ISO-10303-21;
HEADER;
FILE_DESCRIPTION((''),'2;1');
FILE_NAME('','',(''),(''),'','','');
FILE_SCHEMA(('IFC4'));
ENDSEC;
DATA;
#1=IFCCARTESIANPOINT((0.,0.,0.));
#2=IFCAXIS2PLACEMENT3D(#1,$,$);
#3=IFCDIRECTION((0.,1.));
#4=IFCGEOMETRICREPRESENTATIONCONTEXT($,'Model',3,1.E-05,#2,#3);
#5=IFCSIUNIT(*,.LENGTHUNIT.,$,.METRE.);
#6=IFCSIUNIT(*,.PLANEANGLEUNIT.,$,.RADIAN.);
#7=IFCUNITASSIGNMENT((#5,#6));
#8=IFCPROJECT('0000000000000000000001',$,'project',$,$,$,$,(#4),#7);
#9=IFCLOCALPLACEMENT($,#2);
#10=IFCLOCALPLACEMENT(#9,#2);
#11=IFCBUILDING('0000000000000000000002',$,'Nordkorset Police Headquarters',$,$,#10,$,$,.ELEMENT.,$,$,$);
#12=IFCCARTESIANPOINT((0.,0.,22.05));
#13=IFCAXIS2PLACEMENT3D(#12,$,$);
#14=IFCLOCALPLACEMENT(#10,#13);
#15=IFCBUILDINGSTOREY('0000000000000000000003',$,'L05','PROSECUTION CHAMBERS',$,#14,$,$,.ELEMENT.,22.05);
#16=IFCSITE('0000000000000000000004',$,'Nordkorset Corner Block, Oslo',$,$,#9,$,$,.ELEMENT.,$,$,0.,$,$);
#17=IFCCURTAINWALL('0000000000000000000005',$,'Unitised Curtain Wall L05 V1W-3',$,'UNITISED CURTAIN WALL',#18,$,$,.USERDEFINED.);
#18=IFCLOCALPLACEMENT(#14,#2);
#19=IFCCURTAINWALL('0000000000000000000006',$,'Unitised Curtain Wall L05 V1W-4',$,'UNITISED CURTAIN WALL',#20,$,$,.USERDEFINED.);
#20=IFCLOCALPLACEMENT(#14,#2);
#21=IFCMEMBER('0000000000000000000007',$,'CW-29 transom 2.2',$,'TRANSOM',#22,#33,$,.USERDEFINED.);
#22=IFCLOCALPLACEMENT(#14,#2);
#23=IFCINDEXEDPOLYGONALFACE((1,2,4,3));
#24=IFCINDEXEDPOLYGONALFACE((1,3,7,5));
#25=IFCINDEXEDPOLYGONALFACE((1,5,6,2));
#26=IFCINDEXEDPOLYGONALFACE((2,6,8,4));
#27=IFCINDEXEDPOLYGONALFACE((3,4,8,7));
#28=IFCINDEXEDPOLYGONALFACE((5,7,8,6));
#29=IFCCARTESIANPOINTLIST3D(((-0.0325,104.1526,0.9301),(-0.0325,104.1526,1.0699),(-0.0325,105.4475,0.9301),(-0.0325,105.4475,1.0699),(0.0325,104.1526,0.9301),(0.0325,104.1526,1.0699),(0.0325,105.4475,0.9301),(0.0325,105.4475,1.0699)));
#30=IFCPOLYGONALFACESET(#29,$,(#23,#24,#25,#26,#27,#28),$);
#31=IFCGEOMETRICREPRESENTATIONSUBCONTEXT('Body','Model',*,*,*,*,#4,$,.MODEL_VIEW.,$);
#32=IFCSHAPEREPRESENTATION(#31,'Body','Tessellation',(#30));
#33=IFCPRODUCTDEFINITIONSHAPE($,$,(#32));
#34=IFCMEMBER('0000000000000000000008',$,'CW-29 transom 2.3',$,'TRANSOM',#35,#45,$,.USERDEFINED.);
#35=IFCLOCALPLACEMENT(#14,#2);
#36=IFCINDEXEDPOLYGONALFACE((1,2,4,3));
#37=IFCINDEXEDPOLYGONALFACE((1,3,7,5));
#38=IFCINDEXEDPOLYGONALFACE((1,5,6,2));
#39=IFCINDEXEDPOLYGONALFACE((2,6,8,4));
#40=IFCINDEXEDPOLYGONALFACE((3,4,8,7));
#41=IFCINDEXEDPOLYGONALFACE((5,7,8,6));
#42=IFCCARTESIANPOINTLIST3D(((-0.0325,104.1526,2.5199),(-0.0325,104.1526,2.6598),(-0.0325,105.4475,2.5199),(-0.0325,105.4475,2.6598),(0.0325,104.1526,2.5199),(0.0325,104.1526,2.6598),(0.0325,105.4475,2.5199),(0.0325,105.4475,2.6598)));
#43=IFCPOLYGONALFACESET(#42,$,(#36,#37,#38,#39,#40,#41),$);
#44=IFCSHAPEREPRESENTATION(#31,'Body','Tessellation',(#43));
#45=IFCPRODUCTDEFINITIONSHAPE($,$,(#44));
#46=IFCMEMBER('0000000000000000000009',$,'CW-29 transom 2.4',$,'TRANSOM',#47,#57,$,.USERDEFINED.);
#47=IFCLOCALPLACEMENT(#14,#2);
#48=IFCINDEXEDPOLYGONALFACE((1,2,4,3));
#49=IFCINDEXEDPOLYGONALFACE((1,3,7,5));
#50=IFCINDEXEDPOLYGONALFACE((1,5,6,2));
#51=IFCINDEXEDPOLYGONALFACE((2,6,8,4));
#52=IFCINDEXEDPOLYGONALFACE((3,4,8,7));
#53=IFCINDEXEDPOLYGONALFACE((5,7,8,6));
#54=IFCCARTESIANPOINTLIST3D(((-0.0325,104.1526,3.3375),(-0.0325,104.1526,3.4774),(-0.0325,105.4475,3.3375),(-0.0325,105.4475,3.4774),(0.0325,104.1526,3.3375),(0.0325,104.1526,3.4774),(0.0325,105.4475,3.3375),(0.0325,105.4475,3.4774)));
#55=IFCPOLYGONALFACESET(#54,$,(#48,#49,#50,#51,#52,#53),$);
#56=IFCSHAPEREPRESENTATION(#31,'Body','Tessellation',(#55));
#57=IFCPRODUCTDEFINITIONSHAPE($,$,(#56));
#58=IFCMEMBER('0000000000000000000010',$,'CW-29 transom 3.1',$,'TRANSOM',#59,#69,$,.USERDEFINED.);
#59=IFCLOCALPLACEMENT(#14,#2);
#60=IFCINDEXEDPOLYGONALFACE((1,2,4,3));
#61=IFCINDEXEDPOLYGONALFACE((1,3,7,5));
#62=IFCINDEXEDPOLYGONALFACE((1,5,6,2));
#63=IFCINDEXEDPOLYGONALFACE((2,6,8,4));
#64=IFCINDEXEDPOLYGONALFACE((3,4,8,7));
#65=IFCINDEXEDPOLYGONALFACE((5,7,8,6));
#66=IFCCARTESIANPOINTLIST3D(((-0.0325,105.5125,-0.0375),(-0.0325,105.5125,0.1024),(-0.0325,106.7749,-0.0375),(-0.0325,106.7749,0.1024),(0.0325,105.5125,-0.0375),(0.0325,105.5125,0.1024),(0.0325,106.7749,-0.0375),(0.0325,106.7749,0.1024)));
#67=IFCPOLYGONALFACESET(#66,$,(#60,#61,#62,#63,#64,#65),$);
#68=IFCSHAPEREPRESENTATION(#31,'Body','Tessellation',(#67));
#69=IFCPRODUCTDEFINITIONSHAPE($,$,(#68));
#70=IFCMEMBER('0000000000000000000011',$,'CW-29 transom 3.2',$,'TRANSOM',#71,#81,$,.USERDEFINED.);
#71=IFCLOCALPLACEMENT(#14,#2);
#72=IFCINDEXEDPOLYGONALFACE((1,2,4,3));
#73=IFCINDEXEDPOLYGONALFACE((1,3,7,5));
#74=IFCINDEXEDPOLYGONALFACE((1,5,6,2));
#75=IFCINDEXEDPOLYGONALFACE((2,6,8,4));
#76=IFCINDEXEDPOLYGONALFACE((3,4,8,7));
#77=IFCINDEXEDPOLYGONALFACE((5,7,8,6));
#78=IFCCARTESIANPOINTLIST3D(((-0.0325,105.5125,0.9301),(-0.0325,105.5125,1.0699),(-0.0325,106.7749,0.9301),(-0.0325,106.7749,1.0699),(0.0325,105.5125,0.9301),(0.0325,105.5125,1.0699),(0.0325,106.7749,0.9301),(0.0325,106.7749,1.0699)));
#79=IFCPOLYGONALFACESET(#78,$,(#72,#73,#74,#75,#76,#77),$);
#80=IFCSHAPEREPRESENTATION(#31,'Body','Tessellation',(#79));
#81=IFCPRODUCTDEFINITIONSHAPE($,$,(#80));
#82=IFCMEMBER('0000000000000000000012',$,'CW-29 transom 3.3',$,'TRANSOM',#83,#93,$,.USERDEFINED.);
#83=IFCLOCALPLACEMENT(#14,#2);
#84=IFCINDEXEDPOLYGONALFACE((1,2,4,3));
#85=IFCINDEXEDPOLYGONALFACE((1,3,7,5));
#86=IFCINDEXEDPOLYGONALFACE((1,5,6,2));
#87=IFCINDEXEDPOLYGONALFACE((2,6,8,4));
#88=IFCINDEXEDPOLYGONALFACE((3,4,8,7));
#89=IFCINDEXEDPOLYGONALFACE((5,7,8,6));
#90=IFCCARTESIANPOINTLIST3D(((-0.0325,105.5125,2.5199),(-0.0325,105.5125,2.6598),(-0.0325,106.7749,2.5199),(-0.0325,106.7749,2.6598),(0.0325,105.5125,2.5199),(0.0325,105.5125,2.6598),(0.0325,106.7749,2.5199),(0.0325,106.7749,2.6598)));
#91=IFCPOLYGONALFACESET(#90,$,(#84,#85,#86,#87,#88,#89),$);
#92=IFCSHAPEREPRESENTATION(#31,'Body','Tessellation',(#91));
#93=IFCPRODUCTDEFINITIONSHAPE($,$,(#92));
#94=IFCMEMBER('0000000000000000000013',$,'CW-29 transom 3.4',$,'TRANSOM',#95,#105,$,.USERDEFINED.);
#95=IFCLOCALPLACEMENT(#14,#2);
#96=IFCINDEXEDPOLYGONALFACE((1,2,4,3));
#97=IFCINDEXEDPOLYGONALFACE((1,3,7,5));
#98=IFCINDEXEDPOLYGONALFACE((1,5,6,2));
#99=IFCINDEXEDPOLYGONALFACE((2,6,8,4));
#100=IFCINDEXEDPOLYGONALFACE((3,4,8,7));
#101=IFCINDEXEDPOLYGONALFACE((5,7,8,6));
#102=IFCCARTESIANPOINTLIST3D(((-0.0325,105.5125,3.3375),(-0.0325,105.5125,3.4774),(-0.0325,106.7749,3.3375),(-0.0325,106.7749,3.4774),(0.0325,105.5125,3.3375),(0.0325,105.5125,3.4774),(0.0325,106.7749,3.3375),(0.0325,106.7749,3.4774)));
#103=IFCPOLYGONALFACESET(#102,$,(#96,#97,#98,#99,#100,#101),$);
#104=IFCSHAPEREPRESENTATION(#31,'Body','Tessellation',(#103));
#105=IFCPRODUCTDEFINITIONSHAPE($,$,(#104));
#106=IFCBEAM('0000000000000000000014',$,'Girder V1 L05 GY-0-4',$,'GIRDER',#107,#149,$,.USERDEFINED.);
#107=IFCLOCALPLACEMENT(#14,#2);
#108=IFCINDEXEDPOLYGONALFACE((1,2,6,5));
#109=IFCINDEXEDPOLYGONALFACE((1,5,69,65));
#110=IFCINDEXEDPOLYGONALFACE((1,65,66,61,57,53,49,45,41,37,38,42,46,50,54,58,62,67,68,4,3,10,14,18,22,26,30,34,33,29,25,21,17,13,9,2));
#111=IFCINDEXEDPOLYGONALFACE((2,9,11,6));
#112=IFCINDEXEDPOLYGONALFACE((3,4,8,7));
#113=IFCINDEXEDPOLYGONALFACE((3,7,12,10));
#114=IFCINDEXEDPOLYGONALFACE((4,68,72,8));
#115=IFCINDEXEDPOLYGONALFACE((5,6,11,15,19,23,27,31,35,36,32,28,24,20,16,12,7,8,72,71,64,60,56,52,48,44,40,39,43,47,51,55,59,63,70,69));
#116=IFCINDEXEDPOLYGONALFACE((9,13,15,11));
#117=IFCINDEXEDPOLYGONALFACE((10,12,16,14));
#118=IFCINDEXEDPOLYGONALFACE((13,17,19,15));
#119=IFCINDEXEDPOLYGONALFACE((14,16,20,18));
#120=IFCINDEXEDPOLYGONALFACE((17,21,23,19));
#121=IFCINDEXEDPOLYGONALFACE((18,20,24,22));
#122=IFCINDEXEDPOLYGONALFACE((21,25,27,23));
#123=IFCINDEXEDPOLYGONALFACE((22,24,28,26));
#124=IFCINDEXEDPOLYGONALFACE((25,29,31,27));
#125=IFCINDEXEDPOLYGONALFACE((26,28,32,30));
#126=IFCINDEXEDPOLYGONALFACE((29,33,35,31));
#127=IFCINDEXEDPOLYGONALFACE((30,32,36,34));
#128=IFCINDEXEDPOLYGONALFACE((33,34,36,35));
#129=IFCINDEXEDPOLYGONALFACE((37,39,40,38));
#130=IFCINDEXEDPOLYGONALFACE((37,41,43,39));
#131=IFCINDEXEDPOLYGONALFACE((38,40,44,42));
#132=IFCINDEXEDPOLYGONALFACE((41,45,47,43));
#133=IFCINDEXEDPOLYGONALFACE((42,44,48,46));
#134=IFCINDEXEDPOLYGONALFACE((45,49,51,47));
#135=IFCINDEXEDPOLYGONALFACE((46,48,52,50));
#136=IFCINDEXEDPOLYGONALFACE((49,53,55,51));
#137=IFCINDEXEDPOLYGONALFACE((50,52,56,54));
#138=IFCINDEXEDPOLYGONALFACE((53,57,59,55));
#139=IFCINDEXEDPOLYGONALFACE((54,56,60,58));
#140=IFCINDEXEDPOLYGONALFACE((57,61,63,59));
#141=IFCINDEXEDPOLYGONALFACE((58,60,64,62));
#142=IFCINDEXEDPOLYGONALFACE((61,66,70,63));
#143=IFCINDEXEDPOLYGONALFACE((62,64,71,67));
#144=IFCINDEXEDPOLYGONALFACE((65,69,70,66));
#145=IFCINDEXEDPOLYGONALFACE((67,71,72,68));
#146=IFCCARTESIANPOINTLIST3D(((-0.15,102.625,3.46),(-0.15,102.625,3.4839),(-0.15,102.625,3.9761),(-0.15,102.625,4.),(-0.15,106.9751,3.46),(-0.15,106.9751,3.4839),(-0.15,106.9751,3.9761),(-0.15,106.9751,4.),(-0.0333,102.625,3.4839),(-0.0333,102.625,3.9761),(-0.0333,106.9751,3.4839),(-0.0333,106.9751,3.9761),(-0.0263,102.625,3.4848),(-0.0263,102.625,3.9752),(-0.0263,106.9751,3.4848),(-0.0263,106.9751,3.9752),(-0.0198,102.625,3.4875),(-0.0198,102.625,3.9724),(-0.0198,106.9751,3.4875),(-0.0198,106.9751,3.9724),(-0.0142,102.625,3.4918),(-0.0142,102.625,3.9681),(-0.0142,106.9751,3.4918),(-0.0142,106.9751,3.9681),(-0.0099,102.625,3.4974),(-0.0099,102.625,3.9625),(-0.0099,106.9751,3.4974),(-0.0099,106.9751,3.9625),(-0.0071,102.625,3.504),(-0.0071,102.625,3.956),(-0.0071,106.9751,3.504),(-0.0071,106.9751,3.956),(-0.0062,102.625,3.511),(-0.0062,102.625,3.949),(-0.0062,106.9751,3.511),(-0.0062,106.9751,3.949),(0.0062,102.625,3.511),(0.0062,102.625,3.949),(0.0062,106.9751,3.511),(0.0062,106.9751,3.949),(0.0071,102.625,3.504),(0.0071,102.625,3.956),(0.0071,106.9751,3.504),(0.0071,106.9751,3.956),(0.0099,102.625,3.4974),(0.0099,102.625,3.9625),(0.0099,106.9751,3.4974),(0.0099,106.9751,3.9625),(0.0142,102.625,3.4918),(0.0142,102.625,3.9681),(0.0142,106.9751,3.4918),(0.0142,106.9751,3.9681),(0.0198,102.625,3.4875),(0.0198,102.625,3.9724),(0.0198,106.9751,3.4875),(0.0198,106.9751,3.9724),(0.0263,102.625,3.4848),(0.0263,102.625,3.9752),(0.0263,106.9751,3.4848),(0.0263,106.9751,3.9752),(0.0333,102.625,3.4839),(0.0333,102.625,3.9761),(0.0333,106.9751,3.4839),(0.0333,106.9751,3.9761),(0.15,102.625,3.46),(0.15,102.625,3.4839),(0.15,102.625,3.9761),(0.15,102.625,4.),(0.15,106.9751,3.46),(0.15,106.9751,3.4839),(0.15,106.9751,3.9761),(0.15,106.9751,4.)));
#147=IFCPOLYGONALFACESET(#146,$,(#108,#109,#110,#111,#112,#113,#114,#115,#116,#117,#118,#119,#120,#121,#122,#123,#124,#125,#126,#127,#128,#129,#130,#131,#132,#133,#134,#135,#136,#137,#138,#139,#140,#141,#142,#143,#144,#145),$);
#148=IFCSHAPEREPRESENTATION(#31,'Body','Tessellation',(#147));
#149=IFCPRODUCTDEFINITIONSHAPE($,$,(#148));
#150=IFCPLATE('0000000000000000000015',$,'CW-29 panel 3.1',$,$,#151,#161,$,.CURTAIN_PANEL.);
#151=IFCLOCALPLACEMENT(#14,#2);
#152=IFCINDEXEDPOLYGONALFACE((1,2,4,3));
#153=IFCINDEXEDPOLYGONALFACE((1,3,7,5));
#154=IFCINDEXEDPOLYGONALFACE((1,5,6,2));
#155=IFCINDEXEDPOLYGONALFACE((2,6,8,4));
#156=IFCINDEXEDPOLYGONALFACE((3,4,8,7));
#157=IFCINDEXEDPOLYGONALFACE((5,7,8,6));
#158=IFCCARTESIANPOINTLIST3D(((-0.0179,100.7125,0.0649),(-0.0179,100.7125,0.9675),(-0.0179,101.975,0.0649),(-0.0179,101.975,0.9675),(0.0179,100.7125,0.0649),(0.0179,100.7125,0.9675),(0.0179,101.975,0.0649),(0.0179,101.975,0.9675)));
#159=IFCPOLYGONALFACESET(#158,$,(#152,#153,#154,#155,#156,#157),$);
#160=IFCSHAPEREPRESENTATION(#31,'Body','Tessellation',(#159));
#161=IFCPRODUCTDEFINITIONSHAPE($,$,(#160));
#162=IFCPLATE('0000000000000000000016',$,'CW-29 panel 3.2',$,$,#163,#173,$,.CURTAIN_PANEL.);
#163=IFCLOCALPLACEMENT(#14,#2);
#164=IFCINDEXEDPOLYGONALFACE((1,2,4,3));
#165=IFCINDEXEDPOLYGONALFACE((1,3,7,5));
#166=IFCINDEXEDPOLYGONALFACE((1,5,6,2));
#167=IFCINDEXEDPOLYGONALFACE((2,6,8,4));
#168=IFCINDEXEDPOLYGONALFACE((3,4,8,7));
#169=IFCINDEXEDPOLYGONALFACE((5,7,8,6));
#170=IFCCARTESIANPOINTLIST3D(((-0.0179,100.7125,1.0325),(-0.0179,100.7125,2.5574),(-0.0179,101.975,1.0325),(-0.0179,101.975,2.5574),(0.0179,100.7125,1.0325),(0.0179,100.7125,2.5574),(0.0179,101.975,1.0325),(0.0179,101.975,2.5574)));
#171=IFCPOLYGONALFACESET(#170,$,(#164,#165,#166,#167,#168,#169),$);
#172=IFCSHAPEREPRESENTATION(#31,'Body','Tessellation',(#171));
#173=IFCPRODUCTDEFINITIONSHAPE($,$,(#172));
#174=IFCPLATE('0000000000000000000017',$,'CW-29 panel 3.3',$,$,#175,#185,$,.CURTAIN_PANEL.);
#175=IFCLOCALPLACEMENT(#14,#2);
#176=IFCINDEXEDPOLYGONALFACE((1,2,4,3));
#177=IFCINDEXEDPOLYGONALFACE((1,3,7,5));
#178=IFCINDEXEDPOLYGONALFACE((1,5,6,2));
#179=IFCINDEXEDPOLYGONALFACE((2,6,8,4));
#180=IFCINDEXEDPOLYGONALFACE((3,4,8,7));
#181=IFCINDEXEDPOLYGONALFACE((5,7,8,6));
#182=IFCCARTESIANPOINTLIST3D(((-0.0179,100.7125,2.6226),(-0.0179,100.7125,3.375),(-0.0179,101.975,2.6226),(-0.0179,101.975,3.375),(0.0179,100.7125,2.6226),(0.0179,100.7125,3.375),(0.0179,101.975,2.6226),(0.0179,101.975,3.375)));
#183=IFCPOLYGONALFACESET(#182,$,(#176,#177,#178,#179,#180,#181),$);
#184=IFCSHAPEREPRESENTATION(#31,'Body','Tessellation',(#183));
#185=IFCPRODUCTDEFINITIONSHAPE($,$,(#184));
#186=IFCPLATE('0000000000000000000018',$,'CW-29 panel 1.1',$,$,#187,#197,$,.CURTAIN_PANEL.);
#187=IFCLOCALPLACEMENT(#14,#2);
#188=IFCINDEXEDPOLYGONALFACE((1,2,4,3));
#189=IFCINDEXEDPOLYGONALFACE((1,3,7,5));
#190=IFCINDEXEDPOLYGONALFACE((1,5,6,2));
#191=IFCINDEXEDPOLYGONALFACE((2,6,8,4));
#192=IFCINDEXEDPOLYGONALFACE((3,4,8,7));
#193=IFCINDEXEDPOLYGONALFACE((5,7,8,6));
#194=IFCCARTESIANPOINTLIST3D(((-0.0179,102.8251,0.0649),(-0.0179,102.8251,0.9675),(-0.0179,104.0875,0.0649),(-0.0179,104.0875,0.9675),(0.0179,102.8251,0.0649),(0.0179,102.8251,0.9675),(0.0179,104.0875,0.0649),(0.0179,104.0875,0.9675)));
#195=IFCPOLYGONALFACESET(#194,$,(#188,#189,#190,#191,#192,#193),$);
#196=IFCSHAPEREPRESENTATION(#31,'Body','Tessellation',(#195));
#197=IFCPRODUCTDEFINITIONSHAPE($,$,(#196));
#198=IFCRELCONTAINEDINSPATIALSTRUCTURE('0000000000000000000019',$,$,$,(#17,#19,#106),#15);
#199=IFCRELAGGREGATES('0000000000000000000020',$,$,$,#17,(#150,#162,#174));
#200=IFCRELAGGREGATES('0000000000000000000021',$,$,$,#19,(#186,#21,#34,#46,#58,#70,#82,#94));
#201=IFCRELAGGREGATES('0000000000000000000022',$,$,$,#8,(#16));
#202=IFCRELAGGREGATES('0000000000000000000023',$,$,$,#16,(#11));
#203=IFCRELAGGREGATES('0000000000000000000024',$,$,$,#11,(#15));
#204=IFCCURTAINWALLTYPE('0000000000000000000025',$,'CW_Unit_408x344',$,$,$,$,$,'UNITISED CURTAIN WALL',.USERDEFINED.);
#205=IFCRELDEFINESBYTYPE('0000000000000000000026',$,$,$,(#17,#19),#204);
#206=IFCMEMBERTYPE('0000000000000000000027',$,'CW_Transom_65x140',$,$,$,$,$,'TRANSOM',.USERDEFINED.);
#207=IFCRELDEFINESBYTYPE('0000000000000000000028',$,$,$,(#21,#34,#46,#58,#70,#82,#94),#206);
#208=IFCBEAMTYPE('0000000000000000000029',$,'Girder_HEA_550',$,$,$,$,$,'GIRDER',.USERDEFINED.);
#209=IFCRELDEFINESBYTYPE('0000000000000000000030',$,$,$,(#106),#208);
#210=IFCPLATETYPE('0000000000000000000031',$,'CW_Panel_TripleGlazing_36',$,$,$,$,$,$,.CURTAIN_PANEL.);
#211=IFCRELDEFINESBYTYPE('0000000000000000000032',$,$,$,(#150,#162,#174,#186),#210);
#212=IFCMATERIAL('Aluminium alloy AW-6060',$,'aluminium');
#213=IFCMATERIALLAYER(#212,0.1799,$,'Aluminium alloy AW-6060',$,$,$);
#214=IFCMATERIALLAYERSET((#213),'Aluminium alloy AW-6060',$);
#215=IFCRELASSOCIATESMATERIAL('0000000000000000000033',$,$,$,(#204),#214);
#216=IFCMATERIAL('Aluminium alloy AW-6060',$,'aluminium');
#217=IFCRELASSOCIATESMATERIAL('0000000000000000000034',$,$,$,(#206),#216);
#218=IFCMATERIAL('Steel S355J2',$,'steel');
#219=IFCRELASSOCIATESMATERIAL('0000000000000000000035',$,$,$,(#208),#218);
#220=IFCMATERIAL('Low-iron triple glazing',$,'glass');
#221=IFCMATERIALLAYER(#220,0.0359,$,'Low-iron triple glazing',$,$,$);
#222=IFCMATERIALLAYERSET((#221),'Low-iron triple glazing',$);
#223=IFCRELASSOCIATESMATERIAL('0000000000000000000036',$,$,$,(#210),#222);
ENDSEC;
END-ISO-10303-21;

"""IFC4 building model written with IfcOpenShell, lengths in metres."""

from ifc_helpers import new_model, si_unit, direction, frame, origin, origin_2d, place, context, subcontext, project, spatial, rectangle, i_section, extrude, material, layer, layer_set, material_profile, profile_set, type_object, element, aggregate, save


model = new_model("IFC4")

# Units and contexts
model_context = context("Model", 3, precision=1e-05, world=origin(), true_north=direction((0.0, 1.0)))
body_context = subcontext(model_context, "Body", "Model", "MODEL_VIEW")
ifc_project = project(units=[si_unit("LENGTHUNIT", "METRE"), si_unit("PLANEANGLEUNIT", "RADIAN")], contexts=[model_context])

# Site, building, storey
site_placement = place(None, origin())
site = spatial("IfcSite", under=ifc_project, at=site_placement, Name="Nordkorset Corner Block, Oslo", CompositionType="ELEMENT", RefElevation=0.0)
building_placement = place(site_placement, origin())
building = spatial("IfcBuilding", under=site, at=building_placement, Name="Nordkorset Police Headquarters", CompositionType="ELEMENT")
storey_placement = place(building_placement, frame((0.0, 0.0, 22.05)))
storey = spatial("IfcBuildingStorey", under=building, at=storey_placement, Name="L05", Description="PROSECUTION CHAMBERS", CompositionType="ELEMENT", Elevation=22.05)

# Curtain wall
ifc_material_1 = material(Name="Aluminium alloy AW-6060", Category="aluminium")
ifc_layer_1 = layer(ifc_material_1, 0.1799, Name="Aluminium alloy AW-6060")
ifc_layer_set_1 = layer_set([ifc_layer_1], Name="Aluminium alloy AW-6060")
curtain_wall_type = type_object("IfcCurtainWallType", Name="CW_Unit_408x344", ElementType="UNITISED CURTAIN WALL", PredefinedType="USERDEFINED", material=ifc_layer_set_1)
curtain_wall_1_placement = place(storey_placement, origin())
curtain_wall_1 = element("IfcCurtainWall", 1, at=curtain_wall_1_placement, inside=storey, type_object=curtain_wall_type, Name="Unitised Curtain Wall L05 V1W-3", ObjectType="UNITISED CURTAIN WALL", PredefinedType="USERDEFINED")

# Curtain wall
curtain_wall_2_placement = place(storey_placement, origin())
curtain_wall_2 = element("IfcCurtainWall", 2, at=curtain_wall_2_placement, inside=storey, type_object=curtain_wall_type, Name="Unitised Curtain Wall L05 V1W-4", ObjectType="UNITISED CURTAIN WALL", PredefinedType="USERDEFINED")

# Members
ifc_material_2 = material(Name="Aluminium alloy AW-6060", Category="aluminium")
ifc_material_profile_1 = material_profile(ifc_material_2, rectangle(XDim=0.0649, YDim=0.1399, at=origin_2d()), Name="ALU TRAN 65x140")
ifc_profile_set_1 = profile_set([ifc_material_profile_1], Name="Aluminium alloy AW-6060")
member_type_1 = type_object("IfcMemberType", Name="CW_Transom_65x140", ElementType="TRANSOM", PredefinedType="USERDEFINED", material=ifc_profile_set_1)
member_1_placement = place(storey_placement, frame((0.0, 104.1526, 1.0), z_axis=(0.0, 1.0, 0.0), x_axis=(-1.0, 0.0, 0.0)))
member_1 = element("IfcMember", 3, at=member_1_placement, type_object=member_type_1, Name="CW-29 transom 2.2", ObjectType="TRANSOM", PredefinedType="USERDEFINED", context=body_context, shape_type="SweptSolid", body=[
    extrude(rectangle(XDim=0.0649, YDim=0.1399, at=origin_2d()), origin(), (0.0, 0.0, 1.0), 1.2949),
])
member_2_placement = place(storey_placement, frame((0.0, 104.1526, 2.5898), z_axis=(0.0, 1.0, 0.0), x_axis=(-1.0, 0.0, 0.0)))
member_2 = element("IfcMember", 4, at=member_2_placement, type_object=member_type_1, Name="CW-29 transom 2.3", ObjectType="TRANSOM", PredefinedType="USERDEFINED", context=body_context, shape_type="SweptSolid", body=[
    extrude(rectangle(XDim=0.0649, YDim=0.1399, at=origin_2d()), origin(), (0.0, 0.0, 1.0), 1.2949),
])
member_3_placement = place(storey_placement, frame((0.0, 104.1526, 3.4075), z_axis=(0.0, 1.0, 0.0), x_axis=(-1.0, 0.0, 0.0)))
member_3 = element("IfcMember", 5, at=member_3_placement, type_object=member_type_1, Name="CW-29 transom 2.4", ObjectType="TRANSOM", PredefinedType="USERDEFINED", context=body_context, shape_type="SweptSolid", body=[
    extrude(rectangle(XDim=0.0649, YDim=0.1399, at=origin_2d()), origin(), (0.0, 0.0, 1.0), 1.2949),
])
member_4_placement = place(storey_placement, frame((0.0, 105.5125, 0.0325), z_axis=(0.0, 1.0, 0.0), x_axis=(-1.0, 0.0, 0.0)))
member_4 = element("IfcMember", 6, at=member_4_placement, type_object=member_type_1, Name="CW-29 transom 3.1", ObjectType="TRANSOM", PredefinedType="USERDEFINED", context=body_context, shape_type="SweptSolid", body=[
    extrude(rectangle(XDim=0.0649, YDim=0.1399, at=origin_2d()), origin(), (0.0, 0.0, 1.0), 1.2625),
])
member_5_placement = place(storey_placement, frame((0.0, 105.5125, 1.0), z_axis=(0.0, 1.0, 0.0), x_axis=(-1.0, 0.0, 0.0)))
member_5 = element("IfcMember", 7, at=member_5_placement, type_object=member_type_1, Name="CW-29 transom 3.2", ObjectType="TRANSOM", PredefinedType="USERDEFINED", context=body_context, shape_type="SweptSolid", body=[
    extrude(rectangle(XDim=0.0649, YDim=0.1399, at=origin_2d()), origin(), (0.0, 0.0, 1.0), 1.2625),
])
member_6_placement = place(storey_placement, frame((0.0, 105.5125, 2.5898), z_axis=(0.0, 1.0, 0.0), x_axis=(-1.0, 0.0, 0.0)))
member_6 = element("IfcMember", 8, at=member_6_placement, type_object=member_type_1, Name="CW-29 transom 3.3", ObjectType="TRANSOM", PredefinedType="USERDEFINED", context=body_context, shape_type="SweptSolid", body=[
    extrude(rectangle(XDim=0.0649, YDim=0.1399, at=origin_2d()), origin(), (0.0, 0.0, 1.0), 1.2625),
])
member_7_placement = place(storey_placement, frame((0.0, 105.5125, 3.4075), z_axis=(0.0, 1.0, 0.0), x_axis=(-1.0, 0.0, 0.0)))
member_7 = element("IfcMember", 9, at=member_7_placement, type_object=member_type_1, Name="CW-29 transom 3.4", ObjectType="TRANSOM", PredefinedType="USERDEFINED", context=body_context, shape_type="SweptSolid", body=[
    extrude(rectangle(XDim=0.0649, YDim=0.1399, at=origin_2d()), origin(), (0.0, 0.0, 1.0), 1.2625),
])

# Beam
ifc_material_3 = material(Name="Steel S355J2", Category="steel")
ifc_material_profile_2 = material_profile(ifc_material_3, i_section(OverallWidth=0.3, OverallDepth=0.54, WebThickness=0.0125, FlangeThickness=0.0239, FilletRadius=0.0271, at=origin_2d()), Name="HEA 550")
ifc_profile_set_2 = profile_set([ifc_material_profile_2], Name="Steel S355J2")
beam_type = type_object("IfcBeamType", Name="Girder_HEA_550", ElementType="GIRDER", PredefinedType="USERDEFINED", material=ifc_profile_set_2)
beam_placement = place(storey_placement, frame((0.0, 102.625, 3.73), z_axis=(0.0, 1.0, 0.0), x_axis=(-1.0, 0.0, 0.0)))
element("IfcBeam", 10, at=beam_placement, inside=storey, type_object=beam_type, Name="Girder V1 L05 GY-0-4", ObjectType="GIRDER", PredefinedType="USERDEFINED", context=body_context, shape_type="SweptSolid", body=[
    extrude(i_section(OverallWidth=0.3, OverallDepth=0.54, WebThickness=0.0125, FlangeThickness=0.0239, FilletRadius=0.0271, at=origin_2d()), origin(), (0.0, 0.0, 1.0), 4.3501),
])

# Plates
ifc_material_4 = material(Name="Low-iron triple glazing", Category="glass")
ifc_layer_2 = layer(ifc_material_4, 0.0359, Name="Low-iron triple glazing")
ifc_layer_set_2 = layer_set([ifc_layer_2], Name="Low-iron triple glazing")
plate_type = type_object("IfcPlateType", Name="CW_Panel_TripleGlazing_36", PredefinedType="CURTAIN_PANEL", material=ifc_layer_set_2)
plate_1_placement = place(storey_placement, frame((0.0, 101.3438, 0.0649), z_axis=(0.0, 0.0, 1.0), x_axis=(0.0, 1.0, 0.0)))
plate_1 = element("IfcPlate", 11, at=plate_1_placement, type_object=plate_type, Name="CW-29 panel 3.1", PredefinedType="CURTAIN_PANEL", context=body_context, shape_type="SweptSolid", body=[
    extrude(rectangle(XDim=1.2625, YDim=0.0359, at=origin_2d()), origin(), (0.0, 0.0, 1.0), 0.9026),
])
plate_2_placement = place(storey_placement, frame((0.0, 101.3438, 1.0325), z_axis=(0.0, 0.0, 1.0), x_axis=(0.0, 1.0, 0.0)))
plate_2 = element("IfcPlate", 12, at=plate_2_placement, type_object=plate_type, Name="CW-29 panel 3.2", PredefinedType="CURTAIN_PANEL", context=body_context, shape_type="SweptSolid", body=[
    extrude(rectangle(XDim=1.2625, YDim=0.0359, at=origin_2d()), origin(), (0.0, 0.0, 1.0), 1.5249),
])
plate_3_placement = place(storey_placement, frame((0.0, 101.3438, 2.6226), z_axis=(0.0, 0.0, 1.0), x_axis=(0.0, 1.0, 0.0)))
plate_3 = element("IfcPlate", 13, at=plate_3_placement, type_object=plate_type, Name="CW-29 panel 3.3", PredefinedType="CURTAIN_PANEL", context=body_context, shape_type="SweptSolid", body=[
    extrude(rectangle(XDim=1.2625, YDim=0.0359, at=origin_2d()), origin(), (0.0, 0.0, 1.0), 0.7524),
])
aggregate(curtain_wall_1, [plate_1, plate_2, plate_3])
plate_4_placement = place(storey_placement, frame((0.0, 103.4563, 0.0649), z_axis=(0.0, 0.0, 1.0), x_axis=(0.0, 1.0, 0.0)))
plate_4 = element("IfcPlate", 14, at=plate_4_placement, type_object=plate_type, Name="CW-29 panel 1.1", PredefinedType="CURTAIN_PANEL", context=body_context, shape_type="SweptSolid", body=[
    extrude(rectangle(XDim=1.2625, YDim=0.0359, at=origin_2d()), origin(), (0.0, 0.0, 1.0), 0.9026),
])
aggregate(curtain_wall_2, [plate_4, member_1, member_2, member_3, member_4, member_5, member_6, member_7])

save(model, "model.ifc")
